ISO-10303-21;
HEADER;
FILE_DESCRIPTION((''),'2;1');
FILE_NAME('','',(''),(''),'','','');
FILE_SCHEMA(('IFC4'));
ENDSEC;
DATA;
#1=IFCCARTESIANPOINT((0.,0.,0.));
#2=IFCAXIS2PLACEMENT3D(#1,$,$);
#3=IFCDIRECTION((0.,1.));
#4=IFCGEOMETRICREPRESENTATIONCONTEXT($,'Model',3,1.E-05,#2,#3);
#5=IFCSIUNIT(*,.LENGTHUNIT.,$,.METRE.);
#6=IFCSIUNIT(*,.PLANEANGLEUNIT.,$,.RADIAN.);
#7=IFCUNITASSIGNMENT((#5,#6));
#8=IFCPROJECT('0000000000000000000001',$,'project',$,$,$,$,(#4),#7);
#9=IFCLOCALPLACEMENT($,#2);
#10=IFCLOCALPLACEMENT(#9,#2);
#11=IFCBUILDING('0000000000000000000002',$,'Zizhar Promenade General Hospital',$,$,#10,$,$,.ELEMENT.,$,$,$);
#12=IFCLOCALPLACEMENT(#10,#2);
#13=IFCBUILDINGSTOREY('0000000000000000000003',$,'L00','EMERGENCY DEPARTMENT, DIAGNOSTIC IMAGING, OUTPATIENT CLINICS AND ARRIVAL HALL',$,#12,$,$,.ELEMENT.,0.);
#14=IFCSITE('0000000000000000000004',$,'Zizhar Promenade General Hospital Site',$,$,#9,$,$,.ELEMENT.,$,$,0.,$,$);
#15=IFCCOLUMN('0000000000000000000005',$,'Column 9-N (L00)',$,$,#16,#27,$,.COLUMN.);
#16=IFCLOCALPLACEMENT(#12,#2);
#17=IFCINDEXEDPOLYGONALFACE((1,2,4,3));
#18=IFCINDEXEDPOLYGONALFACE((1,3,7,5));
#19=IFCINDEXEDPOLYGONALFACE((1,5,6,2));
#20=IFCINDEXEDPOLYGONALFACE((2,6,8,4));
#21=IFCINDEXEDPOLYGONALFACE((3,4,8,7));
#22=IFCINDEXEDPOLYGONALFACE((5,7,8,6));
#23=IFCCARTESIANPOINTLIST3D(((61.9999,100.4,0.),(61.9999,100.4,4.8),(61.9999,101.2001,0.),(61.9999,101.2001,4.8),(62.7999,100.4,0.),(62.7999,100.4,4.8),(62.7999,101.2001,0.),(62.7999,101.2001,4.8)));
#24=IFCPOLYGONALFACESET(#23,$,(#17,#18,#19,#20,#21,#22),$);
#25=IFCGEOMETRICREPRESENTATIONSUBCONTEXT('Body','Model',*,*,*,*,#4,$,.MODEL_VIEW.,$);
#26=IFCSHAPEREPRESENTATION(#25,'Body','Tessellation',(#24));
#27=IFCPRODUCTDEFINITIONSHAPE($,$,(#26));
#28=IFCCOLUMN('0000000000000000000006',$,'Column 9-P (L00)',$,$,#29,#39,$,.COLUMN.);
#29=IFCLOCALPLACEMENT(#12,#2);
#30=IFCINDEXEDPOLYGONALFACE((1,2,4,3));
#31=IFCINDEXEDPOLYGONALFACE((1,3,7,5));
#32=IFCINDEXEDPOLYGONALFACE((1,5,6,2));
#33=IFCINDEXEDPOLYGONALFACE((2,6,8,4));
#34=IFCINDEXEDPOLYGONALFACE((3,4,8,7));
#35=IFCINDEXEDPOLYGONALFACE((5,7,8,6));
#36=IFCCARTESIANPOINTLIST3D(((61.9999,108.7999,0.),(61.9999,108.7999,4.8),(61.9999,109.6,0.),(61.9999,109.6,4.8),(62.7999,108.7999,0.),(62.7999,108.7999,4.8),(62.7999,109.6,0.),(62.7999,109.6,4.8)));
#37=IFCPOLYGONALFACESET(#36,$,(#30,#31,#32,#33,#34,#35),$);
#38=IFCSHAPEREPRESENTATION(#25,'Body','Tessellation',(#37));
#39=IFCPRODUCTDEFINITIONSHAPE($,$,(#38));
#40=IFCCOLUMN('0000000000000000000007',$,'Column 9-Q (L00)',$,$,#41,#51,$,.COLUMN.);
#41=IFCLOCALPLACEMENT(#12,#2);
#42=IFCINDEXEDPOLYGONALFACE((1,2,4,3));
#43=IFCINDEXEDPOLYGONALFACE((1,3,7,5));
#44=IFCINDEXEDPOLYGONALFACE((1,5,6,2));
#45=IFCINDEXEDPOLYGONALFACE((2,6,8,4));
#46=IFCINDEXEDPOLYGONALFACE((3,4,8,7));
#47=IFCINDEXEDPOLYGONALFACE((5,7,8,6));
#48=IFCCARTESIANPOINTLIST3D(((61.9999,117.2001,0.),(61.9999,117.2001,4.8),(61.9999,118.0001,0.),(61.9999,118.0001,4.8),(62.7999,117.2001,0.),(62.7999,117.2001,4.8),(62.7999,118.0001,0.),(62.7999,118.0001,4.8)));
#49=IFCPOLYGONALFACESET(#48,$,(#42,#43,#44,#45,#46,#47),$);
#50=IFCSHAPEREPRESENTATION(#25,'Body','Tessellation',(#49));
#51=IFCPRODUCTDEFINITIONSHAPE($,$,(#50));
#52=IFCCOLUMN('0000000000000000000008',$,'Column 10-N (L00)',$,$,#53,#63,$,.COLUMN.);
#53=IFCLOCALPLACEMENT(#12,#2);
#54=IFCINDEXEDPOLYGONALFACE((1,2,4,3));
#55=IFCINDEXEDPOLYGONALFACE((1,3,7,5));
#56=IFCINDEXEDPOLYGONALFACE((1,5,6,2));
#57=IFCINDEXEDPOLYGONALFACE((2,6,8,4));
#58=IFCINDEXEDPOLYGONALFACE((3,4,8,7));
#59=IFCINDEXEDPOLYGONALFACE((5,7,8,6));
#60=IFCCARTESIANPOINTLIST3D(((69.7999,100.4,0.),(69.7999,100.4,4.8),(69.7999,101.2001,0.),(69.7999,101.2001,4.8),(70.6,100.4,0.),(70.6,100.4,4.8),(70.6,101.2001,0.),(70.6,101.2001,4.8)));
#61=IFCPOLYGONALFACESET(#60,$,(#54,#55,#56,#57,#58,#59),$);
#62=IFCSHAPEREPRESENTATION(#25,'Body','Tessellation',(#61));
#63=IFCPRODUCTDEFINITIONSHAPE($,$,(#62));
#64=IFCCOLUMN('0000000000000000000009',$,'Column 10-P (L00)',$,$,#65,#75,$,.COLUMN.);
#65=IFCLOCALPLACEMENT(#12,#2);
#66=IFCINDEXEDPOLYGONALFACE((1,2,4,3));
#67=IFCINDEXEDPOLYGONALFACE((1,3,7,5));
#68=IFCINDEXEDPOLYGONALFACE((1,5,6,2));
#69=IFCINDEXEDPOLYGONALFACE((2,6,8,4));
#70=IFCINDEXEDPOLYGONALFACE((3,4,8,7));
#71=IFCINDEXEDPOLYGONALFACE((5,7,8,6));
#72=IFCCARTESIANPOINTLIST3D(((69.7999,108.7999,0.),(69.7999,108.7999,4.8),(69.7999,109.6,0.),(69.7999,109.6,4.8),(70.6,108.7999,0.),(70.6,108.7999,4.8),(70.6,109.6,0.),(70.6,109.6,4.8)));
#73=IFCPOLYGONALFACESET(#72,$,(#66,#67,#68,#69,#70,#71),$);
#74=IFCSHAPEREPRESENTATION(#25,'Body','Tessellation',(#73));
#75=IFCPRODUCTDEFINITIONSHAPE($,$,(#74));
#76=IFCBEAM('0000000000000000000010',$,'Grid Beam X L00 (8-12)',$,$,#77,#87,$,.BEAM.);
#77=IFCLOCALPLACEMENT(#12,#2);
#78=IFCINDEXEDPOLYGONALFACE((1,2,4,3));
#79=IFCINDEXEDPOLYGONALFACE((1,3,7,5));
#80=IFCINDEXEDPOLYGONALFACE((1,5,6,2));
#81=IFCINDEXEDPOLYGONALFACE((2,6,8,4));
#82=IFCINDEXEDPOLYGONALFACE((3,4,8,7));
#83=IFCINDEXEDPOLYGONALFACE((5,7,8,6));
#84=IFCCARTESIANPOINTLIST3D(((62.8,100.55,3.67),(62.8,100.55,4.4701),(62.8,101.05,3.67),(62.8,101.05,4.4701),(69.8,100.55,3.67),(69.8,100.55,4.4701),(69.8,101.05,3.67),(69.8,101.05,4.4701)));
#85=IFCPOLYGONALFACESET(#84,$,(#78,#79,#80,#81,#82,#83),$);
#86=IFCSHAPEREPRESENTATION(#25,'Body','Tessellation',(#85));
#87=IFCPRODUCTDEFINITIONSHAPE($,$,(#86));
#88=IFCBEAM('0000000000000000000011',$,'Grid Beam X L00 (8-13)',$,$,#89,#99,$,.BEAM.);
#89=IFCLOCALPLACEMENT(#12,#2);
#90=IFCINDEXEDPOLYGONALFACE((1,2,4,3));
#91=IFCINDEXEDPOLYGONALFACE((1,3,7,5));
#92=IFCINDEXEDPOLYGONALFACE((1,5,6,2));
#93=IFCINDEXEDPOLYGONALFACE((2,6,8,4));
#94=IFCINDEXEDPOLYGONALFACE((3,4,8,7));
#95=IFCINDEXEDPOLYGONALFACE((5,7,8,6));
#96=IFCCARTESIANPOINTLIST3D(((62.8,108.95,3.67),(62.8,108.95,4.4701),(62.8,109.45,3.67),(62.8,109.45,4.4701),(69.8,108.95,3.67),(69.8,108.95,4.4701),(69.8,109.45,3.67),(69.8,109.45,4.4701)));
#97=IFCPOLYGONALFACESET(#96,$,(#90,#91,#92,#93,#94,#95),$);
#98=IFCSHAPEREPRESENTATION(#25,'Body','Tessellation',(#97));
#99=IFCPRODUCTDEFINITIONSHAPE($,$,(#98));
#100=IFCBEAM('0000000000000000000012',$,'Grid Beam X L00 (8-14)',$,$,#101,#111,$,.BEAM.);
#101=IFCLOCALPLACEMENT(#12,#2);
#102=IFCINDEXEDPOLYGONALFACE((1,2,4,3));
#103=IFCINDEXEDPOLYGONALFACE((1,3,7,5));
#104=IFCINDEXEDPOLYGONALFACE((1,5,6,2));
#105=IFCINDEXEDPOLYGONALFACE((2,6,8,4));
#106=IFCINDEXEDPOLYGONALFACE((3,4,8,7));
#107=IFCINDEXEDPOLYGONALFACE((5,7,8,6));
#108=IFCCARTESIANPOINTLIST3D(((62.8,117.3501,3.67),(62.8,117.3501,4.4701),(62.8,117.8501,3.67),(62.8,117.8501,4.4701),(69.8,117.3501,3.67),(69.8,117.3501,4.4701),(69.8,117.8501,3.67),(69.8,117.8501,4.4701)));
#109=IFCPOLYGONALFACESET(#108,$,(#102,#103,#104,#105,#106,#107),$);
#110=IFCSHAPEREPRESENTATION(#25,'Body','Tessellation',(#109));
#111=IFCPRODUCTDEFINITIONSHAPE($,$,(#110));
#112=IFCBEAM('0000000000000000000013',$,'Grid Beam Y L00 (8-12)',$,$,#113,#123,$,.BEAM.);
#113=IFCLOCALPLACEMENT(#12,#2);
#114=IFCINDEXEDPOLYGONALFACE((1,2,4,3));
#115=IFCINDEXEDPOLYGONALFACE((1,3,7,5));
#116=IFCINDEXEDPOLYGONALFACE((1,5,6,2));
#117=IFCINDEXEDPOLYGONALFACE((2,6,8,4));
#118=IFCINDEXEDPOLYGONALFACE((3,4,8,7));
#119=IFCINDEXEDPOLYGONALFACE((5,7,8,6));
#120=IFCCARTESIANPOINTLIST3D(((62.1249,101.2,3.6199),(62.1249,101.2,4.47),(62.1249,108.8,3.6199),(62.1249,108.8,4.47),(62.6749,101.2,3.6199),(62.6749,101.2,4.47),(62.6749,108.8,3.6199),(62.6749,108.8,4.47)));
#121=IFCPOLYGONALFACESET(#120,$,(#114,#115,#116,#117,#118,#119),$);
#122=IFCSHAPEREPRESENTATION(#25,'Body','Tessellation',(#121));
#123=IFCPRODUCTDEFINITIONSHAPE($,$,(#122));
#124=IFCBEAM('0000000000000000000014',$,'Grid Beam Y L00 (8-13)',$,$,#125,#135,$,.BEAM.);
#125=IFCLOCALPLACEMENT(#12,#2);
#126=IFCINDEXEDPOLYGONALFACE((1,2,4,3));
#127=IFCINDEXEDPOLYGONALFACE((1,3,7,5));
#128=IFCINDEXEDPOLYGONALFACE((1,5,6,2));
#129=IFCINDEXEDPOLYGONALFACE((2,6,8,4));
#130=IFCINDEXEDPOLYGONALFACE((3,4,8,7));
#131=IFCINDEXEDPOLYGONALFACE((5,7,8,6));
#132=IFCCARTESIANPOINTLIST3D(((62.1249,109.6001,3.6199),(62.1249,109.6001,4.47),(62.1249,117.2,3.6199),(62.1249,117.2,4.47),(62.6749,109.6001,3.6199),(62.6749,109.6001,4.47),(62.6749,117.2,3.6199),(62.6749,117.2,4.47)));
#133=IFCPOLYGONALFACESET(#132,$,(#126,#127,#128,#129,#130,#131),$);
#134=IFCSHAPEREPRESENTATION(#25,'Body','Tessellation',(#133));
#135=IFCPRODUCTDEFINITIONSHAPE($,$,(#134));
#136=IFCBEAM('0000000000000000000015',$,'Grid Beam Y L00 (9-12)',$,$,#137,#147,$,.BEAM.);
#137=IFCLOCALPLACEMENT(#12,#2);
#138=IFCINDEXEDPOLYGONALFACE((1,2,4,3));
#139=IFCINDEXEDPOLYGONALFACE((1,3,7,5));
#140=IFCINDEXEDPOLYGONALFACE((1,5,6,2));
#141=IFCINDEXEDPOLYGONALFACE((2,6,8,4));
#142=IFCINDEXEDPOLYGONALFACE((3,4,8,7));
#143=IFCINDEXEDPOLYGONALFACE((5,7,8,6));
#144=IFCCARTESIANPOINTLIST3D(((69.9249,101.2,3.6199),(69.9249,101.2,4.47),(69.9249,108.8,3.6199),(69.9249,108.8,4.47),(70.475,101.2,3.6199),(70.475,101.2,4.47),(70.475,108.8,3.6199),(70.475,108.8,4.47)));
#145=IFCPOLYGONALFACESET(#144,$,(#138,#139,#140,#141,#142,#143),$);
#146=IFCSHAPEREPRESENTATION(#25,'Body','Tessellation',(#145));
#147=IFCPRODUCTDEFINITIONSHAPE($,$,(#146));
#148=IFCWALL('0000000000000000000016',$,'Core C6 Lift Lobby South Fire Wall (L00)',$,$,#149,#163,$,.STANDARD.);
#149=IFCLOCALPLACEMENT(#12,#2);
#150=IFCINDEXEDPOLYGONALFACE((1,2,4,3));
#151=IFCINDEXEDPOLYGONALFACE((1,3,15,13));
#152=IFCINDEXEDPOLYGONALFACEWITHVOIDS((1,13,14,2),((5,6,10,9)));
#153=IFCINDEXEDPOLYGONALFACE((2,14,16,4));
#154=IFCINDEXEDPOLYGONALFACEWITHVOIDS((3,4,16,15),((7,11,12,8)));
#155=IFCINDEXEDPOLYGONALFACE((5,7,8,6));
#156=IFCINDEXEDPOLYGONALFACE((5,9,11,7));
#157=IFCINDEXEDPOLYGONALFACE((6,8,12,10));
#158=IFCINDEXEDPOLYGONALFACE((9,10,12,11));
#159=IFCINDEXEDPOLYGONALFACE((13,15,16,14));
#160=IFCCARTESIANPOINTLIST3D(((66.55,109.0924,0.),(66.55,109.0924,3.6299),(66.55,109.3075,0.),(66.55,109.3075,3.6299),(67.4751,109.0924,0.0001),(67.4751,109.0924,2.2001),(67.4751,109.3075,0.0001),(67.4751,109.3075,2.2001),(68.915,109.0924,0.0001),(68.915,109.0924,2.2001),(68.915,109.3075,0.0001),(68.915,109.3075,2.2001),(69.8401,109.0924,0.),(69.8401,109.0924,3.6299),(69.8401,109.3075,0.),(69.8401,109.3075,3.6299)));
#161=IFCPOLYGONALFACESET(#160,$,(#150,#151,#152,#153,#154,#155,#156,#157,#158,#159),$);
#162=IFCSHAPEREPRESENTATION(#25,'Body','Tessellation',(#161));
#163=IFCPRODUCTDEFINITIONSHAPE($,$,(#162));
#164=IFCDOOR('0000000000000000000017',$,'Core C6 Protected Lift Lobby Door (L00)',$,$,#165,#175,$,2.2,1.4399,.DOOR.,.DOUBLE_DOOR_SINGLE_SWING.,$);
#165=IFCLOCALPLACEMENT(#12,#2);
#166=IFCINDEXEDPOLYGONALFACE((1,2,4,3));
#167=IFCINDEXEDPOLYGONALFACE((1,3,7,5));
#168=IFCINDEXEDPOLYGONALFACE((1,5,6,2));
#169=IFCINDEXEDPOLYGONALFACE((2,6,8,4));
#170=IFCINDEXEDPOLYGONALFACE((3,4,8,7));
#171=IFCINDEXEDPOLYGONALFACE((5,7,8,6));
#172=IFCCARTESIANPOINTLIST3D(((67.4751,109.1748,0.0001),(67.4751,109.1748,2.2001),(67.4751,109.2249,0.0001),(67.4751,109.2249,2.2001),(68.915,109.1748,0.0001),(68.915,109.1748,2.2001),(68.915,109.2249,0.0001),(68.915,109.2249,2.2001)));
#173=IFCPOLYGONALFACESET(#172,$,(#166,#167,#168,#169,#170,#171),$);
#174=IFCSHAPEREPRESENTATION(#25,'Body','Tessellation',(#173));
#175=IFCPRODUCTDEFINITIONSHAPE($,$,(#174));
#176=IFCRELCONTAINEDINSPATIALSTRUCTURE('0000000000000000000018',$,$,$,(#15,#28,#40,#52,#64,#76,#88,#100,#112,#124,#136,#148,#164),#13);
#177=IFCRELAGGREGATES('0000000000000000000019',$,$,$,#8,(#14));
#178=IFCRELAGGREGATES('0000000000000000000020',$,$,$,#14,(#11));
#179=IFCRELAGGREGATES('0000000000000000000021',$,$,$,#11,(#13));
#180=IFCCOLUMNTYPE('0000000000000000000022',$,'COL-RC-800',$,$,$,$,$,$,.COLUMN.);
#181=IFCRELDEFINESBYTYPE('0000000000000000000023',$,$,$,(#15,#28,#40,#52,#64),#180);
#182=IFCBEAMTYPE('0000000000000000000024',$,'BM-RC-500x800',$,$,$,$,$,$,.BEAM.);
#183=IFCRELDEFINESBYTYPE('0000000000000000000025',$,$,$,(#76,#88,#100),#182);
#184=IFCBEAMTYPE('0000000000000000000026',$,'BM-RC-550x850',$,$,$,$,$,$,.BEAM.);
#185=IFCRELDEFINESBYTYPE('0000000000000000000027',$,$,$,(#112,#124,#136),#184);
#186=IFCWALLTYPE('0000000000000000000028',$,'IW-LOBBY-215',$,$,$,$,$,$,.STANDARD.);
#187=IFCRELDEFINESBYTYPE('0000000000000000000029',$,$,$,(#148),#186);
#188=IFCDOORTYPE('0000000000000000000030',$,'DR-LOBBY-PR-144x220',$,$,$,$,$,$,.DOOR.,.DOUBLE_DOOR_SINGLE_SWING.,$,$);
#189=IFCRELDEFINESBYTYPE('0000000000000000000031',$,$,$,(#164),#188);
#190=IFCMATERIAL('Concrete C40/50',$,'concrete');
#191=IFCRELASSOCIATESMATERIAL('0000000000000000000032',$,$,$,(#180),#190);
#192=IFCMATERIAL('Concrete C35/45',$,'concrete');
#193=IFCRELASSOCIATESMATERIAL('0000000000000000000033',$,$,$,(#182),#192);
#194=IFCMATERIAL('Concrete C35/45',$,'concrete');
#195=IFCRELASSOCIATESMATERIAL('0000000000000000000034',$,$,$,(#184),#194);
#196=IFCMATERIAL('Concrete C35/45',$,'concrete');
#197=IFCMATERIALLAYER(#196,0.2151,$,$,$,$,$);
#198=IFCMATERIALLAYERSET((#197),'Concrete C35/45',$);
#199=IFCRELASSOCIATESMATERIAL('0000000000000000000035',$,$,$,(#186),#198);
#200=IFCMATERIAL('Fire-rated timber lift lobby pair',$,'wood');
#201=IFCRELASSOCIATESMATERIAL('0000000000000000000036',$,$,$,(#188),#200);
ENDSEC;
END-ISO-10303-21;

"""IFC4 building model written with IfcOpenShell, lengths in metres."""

from ifc_helpers import new_model, si_unit, direction, frame, frame_2d, origin, origin_2d, place, context, subcontext, project, spatial, rectangle, extrude, material, layer, layer_set, material_profile, profile_set, type_object, element, fill, save


model = new_model("IFC4")

# Units and contexts
model_context = context("Model", 3, precision=1e-05, world=origin(), true_north=direction((0.0, 1.0)))
body_context = subcontext(model_context, "Body", "Model", "MODEL_VIEW")
ifc_project = project(units=[si_unit("LENGTHUNIT", "METRE"), si_unit("PLANEANGLEUNIT", "RADIAN")], contexts=[model_context])

# Site, building, storey
site_placement = place(None, origin())
site = spatial("IfcSite", under=ifc_project, at=site_placement, Name="Zizhar Promenade General Hospital Site", CompositionType="ELEMENT", RefElevation=0.0)
building_placement = place(site_placement, origin())
building = spatial("IfcBuilding", under=site, at=building_placement, Name="Zizhar Promenade General Hospital", CompositionType="ELEMENT")
storey_placement = place(building_placement, origin())
storey = spatial("IfcBuildingStorey", under=building, at=storey_placement, Name="L00", Description="EMERGENCY DEPARTMENT, DIAGNOSTIC IMAGING, OUTPATIENT CLINICS AND ARRIVAL HALL", CompositionType="ELEMENT", Elevation=0.0)

# Columns
ifc_material_1 = material(Name="Concrete C40/50", Category="concrete")
ifc_material_profile_1 = material_profile(ifc_material_1, rectangle(XDim=0.8, YDim=0.8, at=origin_2d()))
ifc_profile_set_1 = profile_set([ifc_material_profile_1], Name="Concrete C40/50")
column_type = type_object("IfcColumnType", Name="COL-RC-800", PredefinedType="COLUMN", material=ifc_profile_set_1)
for number, where, z_axis, x_axis, name in (
    (1, (62.3999, 100.8, 0.0), (0.0, 0.0, 1.0), (1.0, 0.0, 0.0), "Column 9-N (L00)"),
    (2, (62.3999, 109.2, 0.0), (0.0, 0.0, 1.0), (1.0, 0.0, 0.0), "Column 9-P (L00)"),
    (3, (62.3999, 117.6001, 0.0), (0.0, 0.0, 1.0), (1.0, 0.0, 0.0), "Column 9-Q (L00)"),
    (4, (70.2, 100.8, 0.0), (0.0, 0.0, 1.0), (1.0, 0.0, 0.0), "Column 10-N (L00)"),
    (5, (70.2, 109.2, 0.0), (0.0, 0.0, 1.0), (1.0, 0.0, 0.0), "Column 10-P (L00)"),
):
    element("IfcColumn", number, at=place(storey_placement, frame(where, z_axis=z_axis, x_axis=x_axis)), inside=storey, type_object=column_type, Name=name, PredefinedType="COLUMN", context=body_context, shape_type="SweptSolid", body=[
        extrude(rectangle(XDim=0.8, YDim=0.8, at=origin_2d()), origin(), (0.0, 0.0, 1.0), 4.8),
    ])

# Beams
ifc_material_2 = material(Name="Concrete C35/45", Category="concrete")
ifc_material_profile_2 = material_profile(ifc_material_2, rectangle(XDim=0.5, YDim=0.8, at=origin_2d()))
ifc_profile_set_2 = profile_set([ifc_material_profile_2], Name="Concrete C35/45")
beam_type_1 = type_object("IfcBeamType", Name="BM-RC-500x800", PredefinedType="BEAM", material=ifc_profile_set_2)
for number, where, z_axis, x_axis, name in (
    (6, (62.8, 100.8, 4.0701), (1.0, 0.0, 0.0), (0.0, 1.0, 0.0), "Grid Beam X L00 (8-12)"),
    (7, (62.8, 109.2, 4.0701), (1.0, 0.0, 0.0), (0.0, 1.0, 0.0), "Grid Beam X L00 (8-13)"),
    (8, (62.8, 117.6001, 4.0701), (1.0, 0.0, 0.0), (0.0, 1.0, 0.0), "Grid Beam X L00 (8-14)"),
):
    element("IfcBeam", number, at=place(storey_placement, frame(where, z_axis=z_axis, x_axis=x_axis)), inside=storey, type_object=beam_type_1, Name=name, PredefinedType="BEAM", context=body_context, shape_type="SweptSolid", body=[
        extrude(rectangle(XDim=0.5, YDim=0.8, at=origin_2d()), origin(), (0.0, 0.0, 1.0), 7.0),
    ])
ifc_material_3 = material(Name="Concrete C35/45", Category="concrete")
ifc_material_profile_3 = material_profile(ifc_material_3, rectangle(XDim=0.55, YDim=0.8501, at=origin_2d()))
ifc_profile_set_3 = profile_set([ifc_material_profile_3], Name="Concrete C35/45")
beam_type_2 = type_object("IfcBeamType", Name="BM-RC-550x850", PredefinedType="BEAM", material=ifc_profile_set_3)
beam_1_placement = place(storey_placement, frame((62.3999, 101.2, 4.0449), z_axis=(0.0, 1.0, 0.0), x_axis=(-1.0, 0.0, 0.0)))
element("IfcBeam", 9, at=beam_1_placement, inside=storey, type_object=beam_type_2, Name="Grid Beam Y L00 (8-12)", PredefinedType="BEAM", context=body_context, shape_type="SweptSolid", body=[
    extrude(rectangle(XDim=0.55, YDim=0.8501, at=origin_2d()), origin(), (0.0, 0.0, 1.0), 7.6001),
])
beam_2_placement = place(storey_placement, frame((62.3999, 109.6001, 4.0449), z_axis=(0.0, 1.0, 0.0), x_axis=(-1.0, 0.0, 0.0)))
element("IfcBeam", 10, at=beam_2_placement, inside=storey, type_object=beam_type_2, Name="Grid Beam Y L00 (8-13)", PredefinedType="BEAM", context=body_context, shape_type="SweptSolid", body=[
    extrude(rectangle(XDim=0.55, YDim=0.8501, at=origin_2d()), origin(), (0.0, 0.0, 1.0), 7.5999),
])
beam_3_placement = place(storey_placement, frame((70.2, 101.2, 4.0449), z_axis=(0.0, 1.0, 0.0), x_axis=(-1.0, 0.0, 0.0)))
element("IfcBeam", 11, at=beam_3_placement, inside=storey, type_object=beam_type_2, Name="Grid Beam Y L00 (9-12)", PredefinedType="BEAM", context=body_context, shape_type="SweptSolid", body=[
    extrude(rectangle(XDim=0.55, YDim=0.8501, at=origin_2d()), origin(), (0.0, 0.0, 1.0), 7.6001),
])

# Wall, opening, door
ifc_material_4 = material(Name="Concrete C35/45", Category="concrete")
ifc_layer_1 = layer(ifc_material_4, 0.2151)
ifc_layer_set_1 = layer_set([ifc_layer_1], Name="Concrete C35/45")
wall_type_1 = type_object("IfcWallType", Name="IW-LOBBY-215", PredefinedType="STANDARD", material=ifc_layer_set_1)
wall_1_placement = place(storey_placement, frame((66.55, 109.2, 0.0), z_axis=(0.0, 0.0, 1.0), x_axis=(1.0, 0.0, 0.0)))
wall_1 = element("IfcWall", 12, at=wall_1_placement, inside=storey, type_object=wall_type_1, Name="Core C6 Lift Lobby South Fire Wall (L00)", PredefinedType="STANDARD", context=body_context, shape_type="SweptSolid", body=[
    extrude(rectangle(XDim=3.29, YDim=0.2151, at=frame_2d((1.645, 0.0))), origin(), (0.0, 0.0, 1.0), 3.6299),
])
opening_1_placement = place(wall_1_placement, frame((0.925, 0.0, 0.0)))
opening_1 = element("IfcOpeningElement", 13, at=opening_1_placement, cuts=wall_1, PredefinedType="OPENING", context=body_context, shape_type="SweptSolid", body=[
    extrude(rectangle(XDim=1.4399, YDim=2.2, at=frame_2d((0.72, 1.1001))), frame((0.0, 0.1177, 0.0), z_axis=(0.0, -1.0, 0.0), x_axis=(1.0, 0.0, 0.0)), (0.0, 0.0, 1.0), 0.2351),
])
ifc_material_5 = material(Name="Fire-rated timber lift lobby pair", Category="wood")
door_type_1 = type_object("IfcDoorType", Name="DR-LOBBY-PR-144x220", OperationType="DOUBLE_DOOR_SINGLE_SWING", PredefinedType="DOOR", material=ifc_material_5)
door_1_placement = place(opening_1_placement, origin())
door_1 = element("IfcDoor", 14, at=door_1_placement, inside=storey, type_object=door_type_1, Name="Core C6 Protected Lift Lobby Door (L00)", OperationType="DOUBLE_DOOR_SINGLE_SWING", OverallHeight=2.2, OverallWidth=1.4399, PredefinedType="DOOR", context=body_context, shape_type="SweptSolid", body=[
    extrude(rectangle(XDim=1.4399, YDim=2.2, at=frame_2d((0.72, 1.1001))), frame((0.0, 0.0249, 0.0), z_axis=(0.0, -1.0, 0.0), x_axis=(1.0, 0.0, 0.0)), (0.0, 0.0, 1.0), 0.05),
])
fill(opening_1, door_1)

save(model, "model.ifc")
